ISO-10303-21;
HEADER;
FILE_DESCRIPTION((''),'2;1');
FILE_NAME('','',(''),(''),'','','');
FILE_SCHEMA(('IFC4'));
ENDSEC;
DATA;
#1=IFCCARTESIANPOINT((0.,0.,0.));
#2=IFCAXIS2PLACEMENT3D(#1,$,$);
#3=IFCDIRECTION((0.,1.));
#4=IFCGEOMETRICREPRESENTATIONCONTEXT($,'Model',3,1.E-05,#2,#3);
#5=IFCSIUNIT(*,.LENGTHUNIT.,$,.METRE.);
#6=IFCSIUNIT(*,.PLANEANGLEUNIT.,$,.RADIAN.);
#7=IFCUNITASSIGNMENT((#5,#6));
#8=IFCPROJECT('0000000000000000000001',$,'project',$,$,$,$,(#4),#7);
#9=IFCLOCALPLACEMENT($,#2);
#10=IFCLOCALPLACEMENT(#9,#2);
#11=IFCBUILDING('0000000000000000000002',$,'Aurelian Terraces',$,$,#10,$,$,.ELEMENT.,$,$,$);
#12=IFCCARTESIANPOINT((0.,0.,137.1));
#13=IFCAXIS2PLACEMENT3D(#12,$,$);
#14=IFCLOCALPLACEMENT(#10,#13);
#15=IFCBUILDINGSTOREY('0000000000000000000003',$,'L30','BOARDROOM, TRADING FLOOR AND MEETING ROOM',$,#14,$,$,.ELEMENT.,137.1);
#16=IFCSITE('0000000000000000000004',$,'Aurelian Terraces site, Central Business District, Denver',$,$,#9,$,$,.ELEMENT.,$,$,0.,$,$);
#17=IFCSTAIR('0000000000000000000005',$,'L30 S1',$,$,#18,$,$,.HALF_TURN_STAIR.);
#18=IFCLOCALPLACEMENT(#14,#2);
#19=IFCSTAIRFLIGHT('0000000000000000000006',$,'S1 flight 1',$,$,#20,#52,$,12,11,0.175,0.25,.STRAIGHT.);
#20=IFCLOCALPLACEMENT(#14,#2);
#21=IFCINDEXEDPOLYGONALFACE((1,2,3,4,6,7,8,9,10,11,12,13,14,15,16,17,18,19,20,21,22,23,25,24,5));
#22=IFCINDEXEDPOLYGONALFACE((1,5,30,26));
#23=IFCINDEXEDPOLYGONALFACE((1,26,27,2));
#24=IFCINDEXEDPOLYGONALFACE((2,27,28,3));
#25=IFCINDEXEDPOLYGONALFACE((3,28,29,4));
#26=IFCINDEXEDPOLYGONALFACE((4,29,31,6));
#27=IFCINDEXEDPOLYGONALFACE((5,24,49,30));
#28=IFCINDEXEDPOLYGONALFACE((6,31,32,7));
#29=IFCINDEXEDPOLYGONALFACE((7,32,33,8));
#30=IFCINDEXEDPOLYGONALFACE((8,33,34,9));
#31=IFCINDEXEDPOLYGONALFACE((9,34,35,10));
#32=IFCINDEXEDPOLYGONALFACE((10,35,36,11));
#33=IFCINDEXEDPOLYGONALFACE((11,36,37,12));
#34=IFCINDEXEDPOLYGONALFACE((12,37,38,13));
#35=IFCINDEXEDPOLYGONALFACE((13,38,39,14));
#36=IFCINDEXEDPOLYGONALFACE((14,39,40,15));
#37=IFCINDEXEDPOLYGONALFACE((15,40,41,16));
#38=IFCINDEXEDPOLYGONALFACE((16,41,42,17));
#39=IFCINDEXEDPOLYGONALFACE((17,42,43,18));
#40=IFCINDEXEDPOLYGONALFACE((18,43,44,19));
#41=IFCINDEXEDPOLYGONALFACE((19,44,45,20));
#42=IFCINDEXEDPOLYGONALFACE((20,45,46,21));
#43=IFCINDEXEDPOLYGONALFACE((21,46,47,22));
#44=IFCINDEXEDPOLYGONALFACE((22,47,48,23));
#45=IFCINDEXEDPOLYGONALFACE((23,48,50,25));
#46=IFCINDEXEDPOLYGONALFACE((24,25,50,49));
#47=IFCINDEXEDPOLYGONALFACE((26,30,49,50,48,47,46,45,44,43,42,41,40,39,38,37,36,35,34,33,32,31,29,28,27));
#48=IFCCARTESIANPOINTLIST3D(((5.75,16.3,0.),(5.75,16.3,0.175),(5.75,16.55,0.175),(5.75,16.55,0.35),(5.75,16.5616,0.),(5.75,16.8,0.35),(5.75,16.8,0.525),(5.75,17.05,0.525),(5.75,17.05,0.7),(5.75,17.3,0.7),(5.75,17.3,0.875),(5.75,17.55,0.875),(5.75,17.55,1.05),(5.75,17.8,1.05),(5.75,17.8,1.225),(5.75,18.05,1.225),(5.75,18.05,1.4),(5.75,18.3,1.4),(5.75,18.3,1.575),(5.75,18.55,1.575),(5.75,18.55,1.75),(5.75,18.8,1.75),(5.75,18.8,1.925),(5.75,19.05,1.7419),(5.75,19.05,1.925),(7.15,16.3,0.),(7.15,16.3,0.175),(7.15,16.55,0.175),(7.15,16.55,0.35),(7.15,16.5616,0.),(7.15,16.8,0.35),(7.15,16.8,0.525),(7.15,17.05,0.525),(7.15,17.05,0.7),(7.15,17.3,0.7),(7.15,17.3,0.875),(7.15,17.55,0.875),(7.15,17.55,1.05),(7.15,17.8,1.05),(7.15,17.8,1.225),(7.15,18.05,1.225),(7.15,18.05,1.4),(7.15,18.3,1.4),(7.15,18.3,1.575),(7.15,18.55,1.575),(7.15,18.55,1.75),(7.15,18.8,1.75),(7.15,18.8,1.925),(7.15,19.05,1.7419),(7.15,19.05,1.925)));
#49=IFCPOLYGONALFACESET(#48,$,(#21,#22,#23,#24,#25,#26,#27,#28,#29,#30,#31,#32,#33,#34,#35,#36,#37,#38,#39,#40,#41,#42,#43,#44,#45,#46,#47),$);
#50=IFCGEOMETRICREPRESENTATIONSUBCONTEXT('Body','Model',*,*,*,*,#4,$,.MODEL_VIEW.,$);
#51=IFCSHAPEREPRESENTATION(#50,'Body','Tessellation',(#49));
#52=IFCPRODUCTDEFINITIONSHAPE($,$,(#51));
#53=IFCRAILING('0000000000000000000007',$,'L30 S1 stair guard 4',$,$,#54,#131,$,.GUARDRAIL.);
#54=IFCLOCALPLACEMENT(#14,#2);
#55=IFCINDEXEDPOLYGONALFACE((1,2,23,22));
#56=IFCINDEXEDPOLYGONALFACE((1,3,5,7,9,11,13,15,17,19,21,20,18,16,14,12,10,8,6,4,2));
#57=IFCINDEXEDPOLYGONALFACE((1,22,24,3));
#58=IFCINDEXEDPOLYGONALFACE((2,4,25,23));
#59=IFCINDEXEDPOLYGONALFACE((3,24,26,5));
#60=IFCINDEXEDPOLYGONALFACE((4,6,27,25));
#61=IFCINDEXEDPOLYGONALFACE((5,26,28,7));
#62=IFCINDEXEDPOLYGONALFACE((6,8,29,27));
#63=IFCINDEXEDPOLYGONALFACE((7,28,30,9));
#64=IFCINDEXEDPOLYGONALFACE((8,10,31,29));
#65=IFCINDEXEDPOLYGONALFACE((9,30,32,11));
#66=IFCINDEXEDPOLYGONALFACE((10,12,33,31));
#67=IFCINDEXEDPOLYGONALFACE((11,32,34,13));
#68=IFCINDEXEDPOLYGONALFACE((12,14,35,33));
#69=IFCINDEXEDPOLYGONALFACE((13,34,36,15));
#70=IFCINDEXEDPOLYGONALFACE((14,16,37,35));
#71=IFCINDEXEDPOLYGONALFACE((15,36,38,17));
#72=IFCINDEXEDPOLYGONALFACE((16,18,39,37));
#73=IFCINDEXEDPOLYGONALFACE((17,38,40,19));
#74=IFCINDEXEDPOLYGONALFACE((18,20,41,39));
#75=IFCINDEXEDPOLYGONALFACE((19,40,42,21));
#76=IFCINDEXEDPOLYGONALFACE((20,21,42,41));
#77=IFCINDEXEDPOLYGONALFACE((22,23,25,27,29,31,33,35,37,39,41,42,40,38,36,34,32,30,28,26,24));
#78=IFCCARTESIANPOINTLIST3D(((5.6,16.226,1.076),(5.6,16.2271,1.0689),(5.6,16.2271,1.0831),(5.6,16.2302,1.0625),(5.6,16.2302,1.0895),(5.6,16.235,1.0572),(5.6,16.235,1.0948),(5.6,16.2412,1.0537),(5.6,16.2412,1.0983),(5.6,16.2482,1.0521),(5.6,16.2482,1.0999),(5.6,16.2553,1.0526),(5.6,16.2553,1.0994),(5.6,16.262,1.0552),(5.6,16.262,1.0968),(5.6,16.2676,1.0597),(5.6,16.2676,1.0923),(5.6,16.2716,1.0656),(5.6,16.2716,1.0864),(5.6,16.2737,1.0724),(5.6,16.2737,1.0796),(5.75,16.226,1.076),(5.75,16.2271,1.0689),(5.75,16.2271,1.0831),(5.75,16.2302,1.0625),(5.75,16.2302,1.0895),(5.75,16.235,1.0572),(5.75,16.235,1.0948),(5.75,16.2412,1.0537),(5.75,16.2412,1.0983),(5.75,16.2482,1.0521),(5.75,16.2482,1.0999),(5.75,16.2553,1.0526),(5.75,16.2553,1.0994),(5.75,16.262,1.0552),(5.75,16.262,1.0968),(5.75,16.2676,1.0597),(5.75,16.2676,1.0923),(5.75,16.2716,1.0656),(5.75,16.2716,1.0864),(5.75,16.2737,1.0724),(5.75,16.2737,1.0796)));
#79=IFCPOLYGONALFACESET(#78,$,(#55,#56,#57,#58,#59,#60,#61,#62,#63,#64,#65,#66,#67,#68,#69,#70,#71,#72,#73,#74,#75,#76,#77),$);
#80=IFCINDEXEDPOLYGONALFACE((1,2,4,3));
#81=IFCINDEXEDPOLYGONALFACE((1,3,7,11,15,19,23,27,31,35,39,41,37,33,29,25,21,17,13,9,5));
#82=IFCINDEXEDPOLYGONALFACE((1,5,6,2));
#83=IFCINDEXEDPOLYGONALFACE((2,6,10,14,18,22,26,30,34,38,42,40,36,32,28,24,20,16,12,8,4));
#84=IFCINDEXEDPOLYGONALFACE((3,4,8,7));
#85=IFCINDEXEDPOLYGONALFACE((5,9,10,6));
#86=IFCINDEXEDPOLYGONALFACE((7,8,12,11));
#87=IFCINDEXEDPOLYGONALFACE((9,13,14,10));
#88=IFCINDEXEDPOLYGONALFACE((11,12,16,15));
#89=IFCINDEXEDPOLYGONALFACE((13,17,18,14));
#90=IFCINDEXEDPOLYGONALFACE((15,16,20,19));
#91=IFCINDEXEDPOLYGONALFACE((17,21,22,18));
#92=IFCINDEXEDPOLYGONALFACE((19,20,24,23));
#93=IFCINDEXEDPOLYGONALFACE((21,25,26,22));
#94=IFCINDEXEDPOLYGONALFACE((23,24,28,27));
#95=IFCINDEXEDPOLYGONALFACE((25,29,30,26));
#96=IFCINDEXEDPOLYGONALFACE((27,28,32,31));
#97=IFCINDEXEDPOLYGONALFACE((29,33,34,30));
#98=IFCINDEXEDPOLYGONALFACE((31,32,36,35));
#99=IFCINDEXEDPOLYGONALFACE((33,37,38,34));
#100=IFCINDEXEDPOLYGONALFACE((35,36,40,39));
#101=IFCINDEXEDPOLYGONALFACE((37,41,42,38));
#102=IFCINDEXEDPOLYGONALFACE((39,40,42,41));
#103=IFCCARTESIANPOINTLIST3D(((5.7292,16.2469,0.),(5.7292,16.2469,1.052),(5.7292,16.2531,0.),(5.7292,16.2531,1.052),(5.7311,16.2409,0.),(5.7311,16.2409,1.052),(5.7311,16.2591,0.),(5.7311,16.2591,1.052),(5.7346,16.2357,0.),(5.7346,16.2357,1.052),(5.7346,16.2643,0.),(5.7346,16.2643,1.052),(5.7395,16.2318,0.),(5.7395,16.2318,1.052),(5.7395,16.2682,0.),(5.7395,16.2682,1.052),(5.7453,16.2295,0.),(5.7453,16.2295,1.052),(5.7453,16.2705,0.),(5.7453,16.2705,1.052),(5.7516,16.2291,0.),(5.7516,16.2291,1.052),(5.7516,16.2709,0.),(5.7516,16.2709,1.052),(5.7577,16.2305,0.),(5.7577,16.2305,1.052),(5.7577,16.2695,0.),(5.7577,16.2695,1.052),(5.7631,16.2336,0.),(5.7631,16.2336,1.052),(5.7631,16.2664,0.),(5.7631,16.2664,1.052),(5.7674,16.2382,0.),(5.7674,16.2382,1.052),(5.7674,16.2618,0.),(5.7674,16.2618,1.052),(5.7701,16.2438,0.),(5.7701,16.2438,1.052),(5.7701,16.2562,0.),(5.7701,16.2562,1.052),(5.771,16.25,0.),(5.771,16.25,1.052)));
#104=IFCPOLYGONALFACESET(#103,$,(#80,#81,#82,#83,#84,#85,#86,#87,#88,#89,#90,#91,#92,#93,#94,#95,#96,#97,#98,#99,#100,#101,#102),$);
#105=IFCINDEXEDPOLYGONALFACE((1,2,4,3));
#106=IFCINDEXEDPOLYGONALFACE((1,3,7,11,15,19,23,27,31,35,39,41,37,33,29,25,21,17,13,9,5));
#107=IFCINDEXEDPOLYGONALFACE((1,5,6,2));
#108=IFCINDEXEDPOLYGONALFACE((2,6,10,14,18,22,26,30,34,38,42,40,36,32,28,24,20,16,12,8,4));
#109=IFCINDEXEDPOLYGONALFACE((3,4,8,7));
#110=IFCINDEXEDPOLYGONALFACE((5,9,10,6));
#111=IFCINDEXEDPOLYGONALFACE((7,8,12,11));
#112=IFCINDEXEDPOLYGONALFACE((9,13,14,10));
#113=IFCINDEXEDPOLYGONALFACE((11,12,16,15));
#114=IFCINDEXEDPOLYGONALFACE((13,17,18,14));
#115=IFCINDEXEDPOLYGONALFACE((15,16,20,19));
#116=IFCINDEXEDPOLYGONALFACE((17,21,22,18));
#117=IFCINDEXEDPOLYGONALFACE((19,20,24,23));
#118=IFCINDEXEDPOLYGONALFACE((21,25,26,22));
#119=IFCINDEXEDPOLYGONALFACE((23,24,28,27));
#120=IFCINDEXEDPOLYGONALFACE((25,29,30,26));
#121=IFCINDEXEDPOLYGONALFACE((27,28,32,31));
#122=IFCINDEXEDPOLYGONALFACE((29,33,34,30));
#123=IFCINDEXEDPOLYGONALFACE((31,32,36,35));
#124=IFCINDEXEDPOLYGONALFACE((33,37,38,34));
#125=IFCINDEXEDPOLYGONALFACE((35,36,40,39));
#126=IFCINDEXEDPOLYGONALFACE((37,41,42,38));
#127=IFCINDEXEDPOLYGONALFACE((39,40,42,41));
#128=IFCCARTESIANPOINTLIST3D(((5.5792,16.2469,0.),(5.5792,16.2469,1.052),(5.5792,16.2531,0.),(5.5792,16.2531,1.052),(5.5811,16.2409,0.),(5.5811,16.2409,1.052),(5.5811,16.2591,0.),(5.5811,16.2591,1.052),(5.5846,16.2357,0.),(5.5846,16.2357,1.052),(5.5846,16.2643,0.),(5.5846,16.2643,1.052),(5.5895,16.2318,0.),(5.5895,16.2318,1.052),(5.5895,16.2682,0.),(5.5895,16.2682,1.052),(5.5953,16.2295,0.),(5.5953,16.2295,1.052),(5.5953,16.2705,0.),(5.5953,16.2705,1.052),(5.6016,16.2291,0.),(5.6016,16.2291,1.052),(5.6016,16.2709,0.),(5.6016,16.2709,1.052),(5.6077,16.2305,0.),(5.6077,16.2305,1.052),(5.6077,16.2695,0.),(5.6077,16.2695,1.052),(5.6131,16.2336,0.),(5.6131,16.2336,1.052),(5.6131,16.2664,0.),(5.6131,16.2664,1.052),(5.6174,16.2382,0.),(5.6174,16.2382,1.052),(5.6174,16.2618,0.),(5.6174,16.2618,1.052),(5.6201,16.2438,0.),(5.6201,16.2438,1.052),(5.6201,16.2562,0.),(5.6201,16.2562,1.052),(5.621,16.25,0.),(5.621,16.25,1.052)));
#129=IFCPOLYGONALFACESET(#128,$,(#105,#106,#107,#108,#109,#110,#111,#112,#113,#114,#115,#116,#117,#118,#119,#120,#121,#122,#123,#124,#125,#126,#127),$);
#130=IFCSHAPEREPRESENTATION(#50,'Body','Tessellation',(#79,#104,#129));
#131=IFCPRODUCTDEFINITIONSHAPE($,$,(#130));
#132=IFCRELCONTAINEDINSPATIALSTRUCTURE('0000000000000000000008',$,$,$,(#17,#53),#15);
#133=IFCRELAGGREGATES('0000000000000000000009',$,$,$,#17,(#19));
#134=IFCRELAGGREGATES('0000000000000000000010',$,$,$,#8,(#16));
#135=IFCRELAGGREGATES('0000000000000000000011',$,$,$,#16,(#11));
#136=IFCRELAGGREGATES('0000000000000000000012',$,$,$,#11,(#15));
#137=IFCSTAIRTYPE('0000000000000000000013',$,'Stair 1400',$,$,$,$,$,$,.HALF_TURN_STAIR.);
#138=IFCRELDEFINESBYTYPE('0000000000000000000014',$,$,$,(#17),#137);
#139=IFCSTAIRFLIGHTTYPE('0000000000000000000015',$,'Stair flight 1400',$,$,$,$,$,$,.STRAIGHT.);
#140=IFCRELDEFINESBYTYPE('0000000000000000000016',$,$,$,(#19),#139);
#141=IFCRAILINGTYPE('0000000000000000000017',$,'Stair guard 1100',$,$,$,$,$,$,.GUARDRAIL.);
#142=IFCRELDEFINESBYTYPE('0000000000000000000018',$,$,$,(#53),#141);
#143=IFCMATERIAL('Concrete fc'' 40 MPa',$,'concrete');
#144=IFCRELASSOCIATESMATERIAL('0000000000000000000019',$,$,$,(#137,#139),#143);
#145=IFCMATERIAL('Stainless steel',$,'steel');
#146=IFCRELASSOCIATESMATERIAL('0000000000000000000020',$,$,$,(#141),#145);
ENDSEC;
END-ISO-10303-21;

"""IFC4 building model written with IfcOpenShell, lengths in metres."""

from ifc_helpers import new_model, si_unit, direction, frame, origin, origin_2d, place, context, subcontext, project, spatial, polyline, circle, outline, extrude, source, transform, mapped, material, type_object, element, aggregate, save


model = new_model("IFC4")

# Units and contexts
model_context = context("Model", 3, precision=1e-05, world=origin(), true_north=direction((0.0, 1.0)))
body_context = subcontext(model_context, "Body", "Model", "MODEL_VIEW")
ifc_project = project(units=[si_unit("LENGTHUNIT", "METRE"), si_unit("PLANEANGLEUNIT", "RADIAN")], contexts=[model_context])

# Site, building, storey
site_placement = place(None, origin())
site = spatial("IfcSite", under=ifc_project, at=site_placement, Name="Aurelian Terraces site, Central Business District, Denver", CompositionType="ELEMENT", RefElevation=0.0)
building_placement = place(site_placement, origin())
building = spatial("IfcBuilding", under=site, at=building_placement, Name="Aurelian Terraces", CompositionType="ELEMENT")
storey_placement = place(building_placement, frame((0.0, 0.0, 137.1)))
storey = spatial("IfcBuildingStorey", under=building, at=storey_placement, Name="L30", Description="BOARDROOM, TRADING FLOOR AND MEETING ROOM", CompositionType="ELEMENT", Elevation=137.1)

# Shared definitions
ifc_material_1 = material(Name="Concrete fc' 40 MPa", Category="concrete")

# Shared definitions
ifc_material_2 = material(Name="Stainless steel", Category="steel")

# Stair, stair flight
stair_type = type_object("IfcStairType", Name="Stair 1400", PredefinedType="HALF_TURN_STAIR", material=ifc_material_1)
stair_placement = place(storey_placement, origin())
stair = element("IfcStair", 1, at=stair_placement, inside=storey, type_object=stair_type, Name="L30 S1", PredefinedType="HALF_TURN_STAIR")
stair_flight_type = type_object("IfcStairFlightType", Name="Stair flight 1400", PredefinedType="STRAIGHT", material=ifc_material_1)
shared_shape_1 = source(origin(), body_context, "Body", "SweptSolid", [
    extrude(outline(polyline([(0.0, 0.0), (0.0, 0.175), (0.25, 0.175), (0.25, 0.35), (0.5, 0.35), (0.5, 0.525), (0.75, 0.525), (0.75, 0.7), (1.0, 0.7), (1.0, 0.875), (1.25, 0.875), (1.25, 1.05), (1.5, 1.05), (1.5, 1.225), (1.75, 1.225), (1.75, 1.4), (2.0, 1.4), (2.0, 1.575), (2.25, 1.575), (2.25, 1.75), (2.5, 1.75), (2.5, 1.925), (2.75, 1.925), (2.75, 2.1), (2.75, 1.7419), (0.2616, 0.0), (0.0, 0.0)])), frame((0.0, 0.7, 0.0), z_axis=(0.0, -1.0, 0.0), x_axis=(1.0, 0.0, 0.0)), (0.0, 0.0, 1.0), 1.4),
])
stair_flight_placement = place(storey_placement, frame((6.45, 16.3, 0.0), z_axis=(0.0, 0.0, 1.0), x_axis=(0.0, 1.0, 0.0)))
stair_flight = element("IfcStairFlight", 2, at=stair_flight_placement, type_object=stair_flight_type, Name="S1 flight 1", NumberOfRisers=12, NumberOfTreads=11, PredefinedType="STRAIGHT", RiserHeight=0.175, TreadLength=0.25, context=body_context, shape_type="MappedRepresentation", body=[
    mapped(shared_shape_1, transform((0.0, 0.0, 0.0), scale=1.0)),
])
aggregate(stair, [stair_flight])

# Railing
railing_type_1 = type_object("IfcRailingType", Name="Stair guard 1100", PredefinedType="GUARDRAIL", material=ifc_material_2)
shared_shape_2 = source(origin(), body_context, "Body", "SweptSolid", [
    extrude(circle(Radius=0.024, at=origin_2d()), frame((0.0, 0.0, 1.076), z_axis=(-1.0, 0.0, 0.0), x_axis=(0.0, -1.0, 0.0)), (0.0, 0.0, 1.0), 0.15),
    extrude(circle(Radius=0.021, at=origin_2d()), origin(), (0.0, 0.0, 1.0), 1.052),
    extrude(circle(Radius=0.021, at=origin_2d()), frame((-0.15, 0.0, 0.0)), (0.0, 0.0, 1.0), 1.052),
])
railing_1_placement = place(storey_placement, frame((5.75, 16.25, 0.0)))
element("IfcRailing", 3, at=railing_1_placement, inside=storey, type_object=railing_type_1, Name="L30 S1 stair guard 4", PredefinedType="GUARDRAIL", context=body_context, shape_type="MappedRepresentation", body=[
    mapped(shared_shape_2, transform((0.0, 0.0, 0.0), scale=1.0)),
])

save(model, "model.ifc")
